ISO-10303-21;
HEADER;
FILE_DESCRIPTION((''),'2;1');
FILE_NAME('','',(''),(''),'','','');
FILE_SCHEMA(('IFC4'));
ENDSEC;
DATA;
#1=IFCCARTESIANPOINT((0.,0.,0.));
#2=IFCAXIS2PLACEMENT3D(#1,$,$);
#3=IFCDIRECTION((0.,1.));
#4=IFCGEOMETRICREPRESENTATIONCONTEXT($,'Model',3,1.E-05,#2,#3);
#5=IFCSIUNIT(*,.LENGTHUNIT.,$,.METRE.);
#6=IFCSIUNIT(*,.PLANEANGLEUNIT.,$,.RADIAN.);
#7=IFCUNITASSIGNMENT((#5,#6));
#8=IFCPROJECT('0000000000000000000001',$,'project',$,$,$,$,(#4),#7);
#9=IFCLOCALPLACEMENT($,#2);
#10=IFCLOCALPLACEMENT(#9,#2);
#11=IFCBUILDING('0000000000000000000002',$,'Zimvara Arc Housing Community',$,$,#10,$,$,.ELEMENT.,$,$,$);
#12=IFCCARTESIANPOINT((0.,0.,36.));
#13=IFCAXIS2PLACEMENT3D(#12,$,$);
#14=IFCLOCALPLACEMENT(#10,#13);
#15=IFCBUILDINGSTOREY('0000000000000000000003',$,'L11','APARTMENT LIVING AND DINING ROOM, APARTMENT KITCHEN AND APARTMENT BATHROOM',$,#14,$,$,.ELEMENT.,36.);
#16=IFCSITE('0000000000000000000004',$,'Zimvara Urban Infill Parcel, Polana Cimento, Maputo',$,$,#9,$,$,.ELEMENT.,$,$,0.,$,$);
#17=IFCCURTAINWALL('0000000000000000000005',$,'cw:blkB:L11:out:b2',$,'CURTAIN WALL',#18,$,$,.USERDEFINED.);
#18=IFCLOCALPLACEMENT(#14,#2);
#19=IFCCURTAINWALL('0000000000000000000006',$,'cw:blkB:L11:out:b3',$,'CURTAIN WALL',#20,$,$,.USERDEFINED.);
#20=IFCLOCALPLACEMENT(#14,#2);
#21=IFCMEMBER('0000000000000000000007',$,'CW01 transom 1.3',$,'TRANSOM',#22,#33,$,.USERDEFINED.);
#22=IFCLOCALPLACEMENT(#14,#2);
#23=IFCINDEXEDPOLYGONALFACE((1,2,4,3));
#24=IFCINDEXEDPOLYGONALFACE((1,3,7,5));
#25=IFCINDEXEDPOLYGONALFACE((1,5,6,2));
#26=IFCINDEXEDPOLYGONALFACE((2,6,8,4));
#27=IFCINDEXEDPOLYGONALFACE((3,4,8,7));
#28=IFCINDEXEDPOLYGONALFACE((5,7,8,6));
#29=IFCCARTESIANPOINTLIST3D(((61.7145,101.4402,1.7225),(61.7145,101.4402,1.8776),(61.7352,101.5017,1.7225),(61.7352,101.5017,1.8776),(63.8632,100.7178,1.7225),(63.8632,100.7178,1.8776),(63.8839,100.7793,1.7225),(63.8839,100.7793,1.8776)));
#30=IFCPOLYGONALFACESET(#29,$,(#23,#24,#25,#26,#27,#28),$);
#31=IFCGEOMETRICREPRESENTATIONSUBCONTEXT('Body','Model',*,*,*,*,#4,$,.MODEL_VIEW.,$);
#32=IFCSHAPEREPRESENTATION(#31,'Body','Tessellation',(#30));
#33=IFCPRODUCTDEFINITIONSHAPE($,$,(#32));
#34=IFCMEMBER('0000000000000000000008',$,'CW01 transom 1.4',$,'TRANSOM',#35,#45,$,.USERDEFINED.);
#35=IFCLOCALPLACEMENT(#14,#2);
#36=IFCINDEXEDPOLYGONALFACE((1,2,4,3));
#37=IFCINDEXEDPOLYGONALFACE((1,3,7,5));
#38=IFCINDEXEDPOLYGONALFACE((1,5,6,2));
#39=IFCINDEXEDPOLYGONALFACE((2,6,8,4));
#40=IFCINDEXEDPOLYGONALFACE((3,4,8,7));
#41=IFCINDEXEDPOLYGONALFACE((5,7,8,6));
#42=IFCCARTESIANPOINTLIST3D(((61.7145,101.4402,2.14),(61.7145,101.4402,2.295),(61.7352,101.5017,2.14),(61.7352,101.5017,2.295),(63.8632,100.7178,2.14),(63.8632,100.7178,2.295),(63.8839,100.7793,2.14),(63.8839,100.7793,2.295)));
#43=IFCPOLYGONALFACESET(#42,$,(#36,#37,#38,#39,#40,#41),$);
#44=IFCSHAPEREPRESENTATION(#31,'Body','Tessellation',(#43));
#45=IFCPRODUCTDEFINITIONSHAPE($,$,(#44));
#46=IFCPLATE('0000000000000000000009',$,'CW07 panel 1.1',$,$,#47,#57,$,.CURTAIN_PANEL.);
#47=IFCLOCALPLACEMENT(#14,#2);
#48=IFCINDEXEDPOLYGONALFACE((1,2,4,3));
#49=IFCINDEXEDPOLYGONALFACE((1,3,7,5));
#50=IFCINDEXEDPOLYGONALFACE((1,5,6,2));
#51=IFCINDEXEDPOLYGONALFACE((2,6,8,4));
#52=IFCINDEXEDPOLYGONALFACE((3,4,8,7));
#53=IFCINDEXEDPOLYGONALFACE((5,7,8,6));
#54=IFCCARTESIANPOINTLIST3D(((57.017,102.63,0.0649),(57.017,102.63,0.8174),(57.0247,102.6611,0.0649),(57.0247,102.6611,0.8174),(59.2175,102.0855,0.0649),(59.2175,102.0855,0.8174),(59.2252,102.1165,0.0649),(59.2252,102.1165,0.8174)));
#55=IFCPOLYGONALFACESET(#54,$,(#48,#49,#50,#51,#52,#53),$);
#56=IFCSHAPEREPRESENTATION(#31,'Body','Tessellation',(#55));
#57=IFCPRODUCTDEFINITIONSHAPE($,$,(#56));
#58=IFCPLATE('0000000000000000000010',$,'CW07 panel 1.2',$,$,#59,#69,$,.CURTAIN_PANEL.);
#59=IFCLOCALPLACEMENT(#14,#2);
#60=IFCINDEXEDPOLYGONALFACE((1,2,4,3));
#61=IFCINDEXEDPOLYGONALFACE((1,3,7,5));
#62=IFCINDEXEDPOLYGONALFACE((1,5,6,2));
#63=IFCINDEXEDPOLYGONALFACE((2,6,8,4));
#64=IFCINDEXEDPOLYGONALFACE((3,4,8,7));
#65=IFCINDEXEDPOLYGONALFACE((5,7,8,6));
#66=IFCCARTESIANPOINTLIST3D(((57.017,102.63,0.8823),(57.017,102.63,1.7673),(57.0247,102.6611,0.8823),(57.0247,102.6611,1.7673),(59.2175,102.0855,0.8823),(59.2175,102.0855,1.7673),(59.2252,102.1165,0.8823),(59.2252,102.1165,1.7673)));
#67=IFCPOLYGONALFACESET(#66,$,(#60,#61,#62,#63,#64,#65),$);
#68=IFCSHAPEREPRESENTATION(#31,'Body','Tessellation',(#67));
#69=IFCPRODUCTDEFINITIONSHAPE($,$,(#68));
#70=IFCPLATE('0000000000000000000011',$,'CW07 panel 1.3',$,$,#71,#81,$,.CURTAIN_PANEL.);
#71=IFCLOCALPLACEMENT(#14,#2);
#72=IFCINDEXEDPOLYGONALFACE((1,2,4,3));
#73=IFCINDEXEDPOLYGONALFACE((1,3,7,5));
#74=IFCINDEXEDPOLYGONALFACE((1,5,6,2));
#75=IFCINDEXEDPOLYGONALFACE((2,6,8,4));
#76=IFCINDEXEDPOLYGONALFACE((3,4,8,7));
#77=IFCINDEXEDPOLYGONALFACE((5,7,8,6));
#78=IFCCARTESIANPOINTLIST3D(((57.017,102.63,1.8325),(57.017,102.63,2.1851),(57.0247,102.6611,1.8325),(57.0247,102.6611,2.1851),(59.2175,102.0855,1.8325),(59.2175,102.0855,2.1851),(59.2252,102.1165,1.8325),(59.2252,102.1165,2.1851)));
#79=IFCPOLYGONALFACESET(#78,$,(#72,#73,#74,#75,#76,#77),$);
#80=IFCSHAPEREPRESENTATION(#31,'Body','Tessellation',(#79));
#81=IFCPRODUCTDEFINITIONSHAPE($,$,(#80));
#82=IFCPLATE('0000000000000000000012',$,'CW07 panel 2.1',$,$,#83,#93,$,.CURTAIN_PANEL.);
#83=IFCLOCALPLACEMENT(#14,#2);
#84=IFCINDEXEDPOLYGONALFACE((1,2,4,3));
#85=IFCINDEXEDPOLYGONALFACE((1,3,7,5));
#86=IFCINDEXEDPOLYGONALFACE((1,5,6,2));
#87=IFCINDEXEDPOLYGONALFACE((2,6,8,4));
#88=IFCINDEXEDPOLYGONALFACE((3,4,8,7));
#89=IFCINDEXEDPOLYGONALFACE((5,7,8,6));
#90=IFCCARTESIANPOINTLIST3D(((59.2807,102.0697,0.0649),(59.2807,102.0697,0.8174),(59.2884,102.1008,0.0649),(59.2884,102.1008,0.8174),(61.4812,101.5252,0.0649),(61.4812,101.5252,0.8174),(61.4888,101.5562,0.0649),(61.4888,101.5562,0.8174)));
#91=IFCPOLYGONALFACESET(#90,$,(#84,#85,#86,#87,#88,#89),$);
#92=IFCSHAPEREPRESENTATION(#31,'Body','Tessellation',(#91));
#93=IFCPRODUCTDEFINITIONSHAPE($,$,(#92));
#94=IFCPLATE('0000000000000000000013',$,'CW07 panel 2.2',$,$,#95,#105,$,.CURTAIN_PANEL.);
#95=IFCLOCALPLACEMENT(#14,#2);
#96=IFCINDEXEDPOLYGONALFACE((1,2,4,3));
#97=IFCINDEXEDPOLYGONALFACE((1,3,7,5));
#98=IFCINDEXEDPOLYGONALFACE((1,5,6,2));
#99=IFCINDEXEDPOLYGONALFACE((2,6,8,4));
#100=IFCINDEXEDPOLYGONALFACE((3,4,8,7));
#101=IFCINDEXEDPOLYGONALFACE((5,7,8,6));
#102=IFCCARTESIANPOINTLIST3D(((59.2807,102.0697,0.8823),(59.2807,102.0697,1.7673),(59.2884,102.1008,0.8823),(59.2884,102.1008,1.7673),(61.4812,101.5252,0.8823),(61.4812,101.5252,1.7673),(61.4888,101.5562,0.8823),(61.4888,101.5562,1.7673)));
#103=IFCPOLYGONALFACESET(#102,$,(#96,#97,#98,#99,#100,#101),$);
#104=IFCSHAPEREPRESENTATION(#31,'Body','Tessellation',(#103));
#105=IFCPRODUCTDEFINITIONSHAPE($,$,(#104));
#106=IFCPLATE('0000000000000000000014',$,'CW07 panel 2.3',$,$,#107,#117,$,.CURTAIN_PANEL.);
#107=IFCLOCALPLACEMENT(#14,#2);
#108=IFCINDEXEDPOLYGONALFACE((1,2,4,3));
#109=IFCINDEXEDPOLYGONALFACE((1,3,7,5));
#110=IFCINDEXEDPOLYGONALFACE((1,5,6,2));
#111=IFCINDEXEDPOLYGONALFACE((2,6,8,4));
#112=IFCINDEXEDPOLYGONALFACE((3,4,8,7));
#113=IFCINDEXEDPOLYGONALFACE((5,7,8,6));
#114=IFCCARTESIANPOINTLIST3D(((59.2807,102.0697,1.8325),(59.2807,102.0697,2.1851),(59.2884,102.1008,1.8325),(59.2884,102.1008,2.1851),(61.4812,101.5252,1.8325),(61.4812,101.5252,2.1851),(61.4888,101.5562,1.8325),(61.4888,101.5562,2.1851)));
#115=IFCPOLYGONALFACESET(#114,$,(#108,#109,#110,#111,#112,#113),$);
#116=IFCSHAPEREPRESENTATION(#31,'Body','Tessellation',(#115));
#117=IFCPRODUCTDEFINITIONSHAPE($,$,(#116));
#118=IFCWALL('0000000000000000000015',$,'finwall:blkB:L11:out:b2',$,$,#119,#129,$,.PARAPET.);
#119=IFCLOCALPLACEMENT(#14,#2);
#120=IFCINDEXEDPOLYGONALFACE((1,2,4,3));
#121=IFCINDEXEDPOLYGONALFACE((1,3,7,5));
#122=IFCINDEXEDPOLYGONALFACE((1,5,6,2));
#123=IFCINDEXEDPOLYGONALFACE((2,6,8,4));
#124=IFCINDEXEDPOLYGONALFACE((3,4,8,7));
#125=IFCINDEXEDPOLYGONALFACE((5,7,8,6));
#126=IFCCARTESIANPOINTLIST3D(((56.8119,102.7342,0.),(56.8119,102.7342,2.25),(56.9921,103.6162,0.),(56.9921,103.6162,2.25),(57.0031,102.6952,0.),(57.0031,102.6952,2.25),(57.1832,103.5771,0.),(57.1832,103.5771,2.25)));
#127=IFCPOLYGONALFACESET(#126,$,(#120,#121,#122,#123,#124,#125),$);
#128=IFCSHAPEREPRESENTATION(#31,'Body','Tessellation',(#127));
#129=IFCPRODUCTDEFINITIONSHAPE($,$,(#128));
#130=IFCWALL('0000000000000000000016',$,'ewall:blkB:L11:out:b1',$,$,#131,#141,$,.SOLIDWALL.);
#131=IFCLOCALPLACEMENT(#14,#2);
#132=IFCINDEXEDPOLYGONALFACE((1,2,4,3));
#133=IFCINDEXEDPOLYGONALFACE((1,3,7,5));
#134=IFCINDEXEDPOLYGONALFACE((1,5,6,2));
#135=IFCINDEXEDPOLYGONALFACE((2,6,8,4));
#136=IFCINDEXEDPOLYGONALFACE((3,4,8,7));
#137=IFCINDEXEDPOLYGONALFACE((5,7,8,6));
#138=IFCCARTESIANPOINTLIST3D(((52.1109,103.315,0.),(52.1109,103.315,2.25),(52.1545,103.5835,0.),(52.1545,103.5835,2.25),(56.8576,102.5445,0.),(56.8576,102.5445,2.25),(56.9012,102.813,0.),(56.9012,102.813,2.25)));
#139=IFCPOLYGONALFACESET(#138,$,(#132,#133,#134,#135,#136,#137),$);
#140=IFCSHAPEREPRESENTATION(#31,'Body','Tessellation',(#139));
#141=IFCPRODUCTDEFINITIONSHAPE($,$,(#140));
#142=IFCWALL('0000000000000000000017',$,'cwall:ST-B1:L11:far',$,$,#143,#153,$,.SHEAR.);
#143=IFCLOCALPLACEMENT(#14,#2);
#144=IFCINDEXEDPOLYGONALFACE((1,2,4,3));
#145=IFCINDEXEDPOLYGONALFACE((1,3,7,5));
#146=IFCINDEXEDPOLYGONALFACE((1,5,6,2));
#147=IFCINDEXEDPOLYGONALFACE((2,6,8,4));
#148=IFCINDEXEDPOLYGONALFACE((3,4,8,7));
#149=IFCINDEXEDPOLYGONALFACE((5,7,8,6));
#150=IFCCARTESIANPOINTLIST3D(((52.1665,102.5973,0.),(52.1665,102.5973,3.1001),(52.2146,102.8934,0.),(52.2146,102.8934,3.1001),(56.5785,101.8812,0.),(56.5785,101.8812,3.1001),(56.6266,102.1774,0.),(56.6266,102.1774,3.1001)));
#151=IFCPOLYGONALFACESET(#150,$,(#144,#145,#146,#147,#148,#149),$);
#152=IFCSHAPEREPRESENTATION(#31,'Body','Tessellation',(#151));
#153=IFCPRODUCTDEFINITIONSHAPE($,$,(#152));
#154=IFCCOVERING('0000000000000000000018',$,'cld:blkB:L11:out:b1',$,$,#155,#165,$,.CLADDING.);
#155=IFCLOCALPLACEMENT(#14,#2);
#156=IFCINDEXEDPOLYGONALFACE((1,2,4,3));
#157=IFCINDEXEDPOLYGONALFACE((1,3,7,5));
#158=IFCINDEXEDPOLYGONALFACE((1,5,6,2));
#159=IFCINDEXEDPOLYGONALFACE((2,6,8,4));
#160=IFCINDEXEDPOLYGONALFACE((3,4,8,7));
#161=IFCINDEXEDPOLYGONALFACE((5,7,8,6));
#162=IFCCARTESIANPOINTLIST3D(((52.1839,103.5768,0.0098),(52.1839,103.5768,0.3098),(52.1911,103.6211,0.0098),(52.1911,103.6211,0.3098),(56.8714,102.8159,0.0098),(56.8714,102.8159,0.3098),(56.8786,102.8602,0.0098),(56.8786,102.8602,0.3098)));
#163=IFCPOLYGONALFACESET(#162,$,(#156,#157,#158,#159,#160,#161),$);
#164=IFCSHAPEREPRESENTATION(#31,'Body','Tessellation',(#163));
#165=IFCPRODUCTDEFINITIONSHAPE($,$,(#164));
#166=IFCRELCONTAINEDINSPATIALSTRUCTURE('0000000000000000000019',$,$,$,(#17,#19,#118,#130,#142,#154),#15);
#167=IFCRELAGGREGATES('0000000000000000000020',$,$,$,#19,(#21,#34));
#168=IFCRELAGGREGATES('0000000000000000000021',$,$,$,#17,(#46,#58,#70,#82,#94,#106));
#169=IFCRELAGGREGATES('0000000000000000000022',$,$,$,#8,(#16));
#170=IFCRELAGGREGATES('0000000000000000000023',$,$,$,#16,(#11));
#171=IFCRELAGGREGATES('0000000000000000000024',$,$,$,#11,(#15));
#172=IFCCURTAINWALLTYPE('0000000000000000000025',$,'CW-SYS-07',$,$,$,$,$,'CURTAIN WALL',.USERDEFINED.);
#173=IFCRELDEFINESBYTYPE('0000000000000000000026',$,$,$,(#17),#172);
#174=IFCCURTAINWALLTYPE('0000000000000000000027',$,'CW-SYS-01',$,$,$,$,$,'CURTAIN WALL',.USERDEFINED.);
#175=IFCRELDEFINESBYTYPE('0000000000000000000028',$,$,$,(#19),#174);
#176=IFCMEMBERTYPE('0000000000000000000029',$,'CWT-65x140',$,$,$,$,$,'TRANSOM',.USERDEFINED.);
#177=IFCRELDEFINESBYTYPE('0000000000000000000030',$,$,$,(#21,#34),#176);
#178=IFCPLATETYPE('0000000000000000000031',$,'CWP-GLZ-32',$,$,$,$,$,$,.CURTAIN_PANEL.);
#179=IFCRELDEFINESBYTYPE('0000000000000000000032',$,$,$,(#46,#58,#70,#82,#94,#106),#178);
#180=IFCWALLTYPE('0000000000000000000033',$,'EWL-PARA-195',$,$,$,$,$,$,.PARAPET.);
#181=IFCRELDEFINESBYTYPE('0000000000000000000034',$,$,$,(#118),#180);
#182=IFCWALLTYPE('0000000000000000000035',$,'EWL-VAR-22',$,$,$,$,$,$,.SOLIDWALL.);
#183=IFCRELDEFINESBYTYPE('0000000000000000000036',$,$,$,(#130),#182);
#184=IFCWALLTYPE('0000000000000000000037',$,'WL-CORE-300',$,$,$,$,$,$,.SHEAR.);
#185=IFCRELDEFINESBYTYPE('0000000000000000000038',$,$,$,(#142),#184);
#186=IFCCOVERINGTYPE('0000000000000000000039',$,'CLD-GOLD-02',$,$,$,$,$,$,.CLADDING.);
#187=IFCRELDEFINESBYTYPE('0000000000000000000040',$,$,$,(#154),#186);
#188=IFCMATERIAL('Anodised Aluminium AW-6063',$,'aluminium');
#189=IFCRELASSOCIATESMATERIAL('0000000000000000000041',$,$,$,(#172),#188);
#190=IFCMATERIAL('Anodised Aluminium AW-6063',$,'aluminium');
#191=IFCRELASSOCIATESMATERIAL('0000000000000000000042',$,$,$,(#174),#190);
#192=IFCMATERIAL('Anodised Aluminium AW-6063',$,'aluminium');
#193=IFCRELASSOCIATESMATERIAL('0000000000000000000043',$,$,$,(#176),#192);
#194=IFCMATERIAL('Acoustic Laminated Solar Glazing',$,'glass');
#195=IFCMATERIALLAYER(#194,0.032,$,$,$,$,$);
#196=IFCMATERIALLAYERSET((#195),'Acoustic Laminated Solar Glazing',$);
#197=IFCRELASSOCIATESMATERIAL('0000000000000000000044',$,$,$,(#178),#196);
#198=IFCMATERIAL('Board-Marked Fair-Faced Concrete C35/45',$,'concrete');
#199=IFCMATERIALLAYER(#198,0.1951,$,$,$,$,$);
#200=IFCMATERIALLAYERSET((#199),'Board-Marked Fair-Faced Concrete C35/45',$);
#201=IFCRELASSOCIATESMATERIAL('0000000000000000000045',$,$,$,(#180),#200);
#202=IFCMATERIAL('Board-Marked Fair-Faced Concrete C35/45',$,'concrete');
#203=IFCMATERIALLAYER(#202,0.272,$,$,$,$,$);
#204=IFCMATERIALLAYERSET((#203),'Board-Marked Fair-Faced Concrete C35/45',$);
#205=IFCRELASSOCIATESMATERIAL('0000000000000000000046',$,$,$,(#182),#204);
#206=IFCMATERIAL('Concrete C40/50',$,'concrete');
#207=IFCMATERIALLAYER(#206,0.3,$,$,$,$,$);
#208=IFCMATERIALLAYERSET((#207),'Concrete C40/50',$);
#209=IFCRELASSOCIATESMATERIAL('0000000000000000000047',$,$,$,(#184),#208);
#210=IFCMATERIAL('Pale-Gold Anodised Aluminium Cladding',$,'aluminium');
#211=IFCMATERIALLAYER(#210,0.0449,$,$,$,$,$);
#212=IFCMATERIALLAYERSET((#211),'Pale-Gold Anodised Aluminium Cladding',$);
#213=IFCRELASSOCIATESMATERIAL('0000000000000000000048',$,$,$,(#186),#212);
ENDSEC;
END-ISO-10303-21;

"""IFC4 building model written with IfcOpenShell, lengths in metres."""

from ifc_helpers import new_model, si_unit, direction, frame, frame_2d, origin, origin_2d, place, context, subcontext, project, spatial, rectangle, extrude, material, layer, layer_set, material_profile, profile_set, type_object, element, aggregate, save


model = new_model("IFC4")

# Units and contexts
model_context = context("Model", 3, precision=1e-05, world=origin(), true_north=direction((0.0, 1.0)))
body_context = subcontext(model_context, "Body", "Model", "MODEL_VIEW")
ifc_project = project(units=[si_unit("LENGTHUNIT", "METRE"), si_unit("PLANEANGLEUNIT", "RADIAN")], contexts=[model_context])

# Site, building, storey
site_placement = place(None, origin())
site = spatial("IfcSite", under=ifc_project, at=site_placement, Name="Zimvara Urban Infill Parcel, Polana Cimento, Maputo", CompositionType="ELEMENT", RefElevation=0.0)
building_placement = place(site_placement, origin())
building = spatial("IfcBuilding", under=site, at=building_placement, Name="Zimvara Arc Housing Community", CompositionType="ELEMENT")
storey_placement = place(building_placement, frame((0.0, 0.0, 36.0)))
storey = spatial("IfcBuildingStorey", under=building, at=storey_placement, Name="L11", Description="APARTMENT LIVING AND DINING ROOM, APARTMENT KITCHEN AND APARTMENT BATHROOM", CompositionType="ELEMENT", Elevation=36.0)

# Curtain wall
ifc_material_1 = material(Name="Anodised Aluminium AW-6063", Category="aluminium")
curtain_wall_type_1 = type_object("IfcCurtainWallType", Name="CW-SYS-07", ElementType="CURTAIN WALL", PredefinedType="USERDEFINED", material=ifc_material_1)
curtain_wall_1_placement = place(storey_placement, origin())
curtain_wall_1 = element("IfcCurtainWall", 1, at=curtain_wall_1_placement, inside=storey, type_object=curtain_wall_type_1, Name="cw:blkB:L11:out:b2", ObjectType="CURTAIN WALL", PredefinedType="USERDEFINED")

# Curtain wall
ifc_material_2 = material(Name="Anodised Aluminium AW-6063", Category="aluminium")
curtain_wall_type_2 = type_object("IfcCurtainWallType", Name="CW-SYS-01", ElementType="CURTAIN WALL", PredefinedType="USERDEFINED", material=ifc_material_2)
curtain_wall_2_placement = place(storey_placement, origin())
curtain_wall_2 = element("IfcCurtainWall", 2, at=curtain_wall_2_placement, inside=storey, type_object=curtain_wall_type_2, Name="cw:blkB:L11:out:b3", ObjectType="CURTAIN WALL", PredefinedType="USERDEFINED")

# Members
ifc_material_3 = material(Name="Anodised Aluminium AW-6063", Category="aluminium")
ifc_material_profile_1 = material_profile(ifc_material_3, rectangle(XDim=0.0649, YDim=0.155, at=origin_2d()), Name="ALU 65x155")
ifc_profile_set_1 = profile_set([ifc_material_profile_1], Name="Anodised Aluminium AW-6063")
member_type_1 = type_object("IfcMemberType", Name="CWT-65x140", ElementType="TRANSOM", PredefinedType="USERDEFINED", material=ifc_profile_set_1)
member_1_placement = place(storey_placement, frame((61.7249, 101.4709, 1.8), z_axis=(0.947862, -0.318682, 0.0), x_axis=(0.318682, 0.947862, 0.0)))
member_1 = element("IfcMember", 3, at=member_1_placement, type_object=member_type_1, Name="CW01 transom 1.3", ObjectType="TRANSOM", PredefinedType="USERDEFINED", context=body_context, shape_type="SweptSolid", body=[
    extrude(rectangle(XDim=0.0649, YDim=0.155, at=origin_2d()), origin(), (0.0, 0.0, 1.0), 2.2668),
])
member_2_placement = place(storey_placement, frame((61.7249, 101.4709, 2.2175), z_axis=(0.947862, -0.318682, 0.0), x_axis=(0.318682, 0.947862, 0.0)))
member_2 = element("IfcMember", 4, at=member_2_placement, type_object=member_type_1, Name="CW01 transom 1.4", ObjectType="TRANSOM", PredefinedType="USERDEFINED", context=body_context, shape_type="SweptSolid", body=[
    extrude(rectangle(XDim=0.0649, YDim=0.155, at=origin_2d()), origin(), (0.0, 0.0, 1.0), 2.2668),
])
aggregate(curtain_wall_2, [member_1, member_2])

# Plates
ifc_material_4 = material(Name="Acoustic Laminated Solar Glazing", Category="glass")
ifc_layer_1 = layer(ifc_material_4, 0.032)
ifc_layer_set_1 = layer_set([ifc_layer_1], Name="Acoustic Laminated Solar Glazing")
plate_type = type_object("IfcPlateType", Name="CWP-GLZ-32", PredefinedType="CURTAIN_PANEL", material=ifc_layer_set_1)
plate_1_placement = place(storey_placement, frame((58.1211, 102.3733, 0.0649), z_axis=(0.0, 0.0, 1.0), x_axis=(0.970716, -0.24023, 0.0)))
plate_1 = element("IfcPlate", 5, at=plate_1_placement, type_object=plate_type, Name="CW07 panel 1.1", PredefinedType="CURTAIN_PANEL", context=body_context, shape_type="SweptSolid", body=[
    extrude(rectangle(XDim=2.2668, YDim=0.032, at=origin_2d()), origin(), (0.0, 0.0, 1.0), 0.7524),
])
plate_2_placement = place(storey_placement, frame((58.1211, 102.3733, 0.8823), z_axis=(0.0, 0.0, 1.0), x_axis=(0.970716, -0.24023, 0.0)))
plate_2 = element("IfcPlate", 6, at=plate_2_placement, type_object=plate_type, Name="CW07 panel 1.2", PredefinedType="CURTAIN_PANEL", context=body_context, shape_type="SweptSolid", body=[
    extrude(rectangle(XDim=2.2668, YDim=0.032, at=origin_2d()), origin(), (0.0, 0.0, 1.0), 0.885),
])
plate_3_placement = place(storey_placement, frame((58.1211, 102.3733, 1.8325), z_axis=(0.0, 0.0, 1.0), x_axis=(0.970716, -0.24023, 0.0)))
plate_3 = element("IfcPlate", 7, at=plate_3_placement, type_object=plate_type, Name="CW07 panel 1.3", PredefinedType="CURTAIN_PANEL", context=body_context, shape_type="SweptSolid", body=[
    extrude(rectangle(XDim=2.2668, YDim=0.032, at=origin_2d()), origin(), (0.0, 0.0, 1.0), 0.3525),
])
plate_4_placement = place(storey_placement, frame((60.3848, 101.813, 0.0649), z_axis=(0.0, 0.0, 1.0), x_axis=(0.970716, -0.24023, 0.0)))
plate_4 = element("IfcPlate", 8, at=plate_4_placement, type_object=plate_type, Name="CW07 panel 2.1", PredefinedType="CURTAIN_PANEL", context=body_context, shape_type="SweptSolid", body=[
    extrude(rectangle(XDim=2.2668, YDim=0.032, at=origin_2d()), origin(), (0.0, 0.0, 1.0), 0.7524),
])
plate_5_placement = place(storey_placement, frame((60.3848, 101.813, 0.8823), z_axis=(0.0, 0.0, 1.0), x_axis=(0.970716, -0.24023, 0.0)))
plate_5 = element("IfcPlate", 9, at=plate_5_placement, type_object=plate_type, Name="CW07 panel 2.2", PredefinedType="CURTAIN_PANEL", context=body_context, shape_type="SweptSolid", body=[
    extrude(rectangle(XDim=2.2668, YDim=0.032, at=origin_2d()), origin(), (0.0, 0.0, 1.0), 0.885),
])
plate_6_placement = place(storey_placement, frame((60.3848, 101.813, 1.8325), z_axis=(0.0, 0.0, 1.0), x_axis=(0.970716, -0.24023, 0.0)))
plate_6 = element("IfcPlate", 10, at=plate_6_placement, type_object=plate_type, Name="CW07 panel 2.3", PredefinedType="CURTAIN_PANEL", context=body_context, shape_type="SweptSolid", body=[
    extrude(rectangle(XDim=2.2668, YDim=0.032, at=origin_2d()), origin(), (0.0, 0.0, 1.0), 0.3525),
])
aggregate(curtain_wall_1, [plate_1, plate_2, plate_3, plate_4, plate_5, plate_6])

# Walls
ifc_material_5 = material(Name="Board-Marked Fair-Faced Concrete C35/45", Category="concrete")
ifc_layer_2 = layer(ifc_material_5, 0.1951)
ifc_layer_set_2 = layer_set([ifc_layer_2], Name="Board-Marked Fair-Faced Concrete C35/45")
wall_type_1 = type_object("IfcWallType", Name="EWL-PARA-195", PredefinedType="PARAPET", material=ifc_layer_set_2)
wall_1_placement = place(storey_placement, frame((56.9075, 102.7146, 0.0), z_axis=(0.0, 0.0, 1.0), x_axis=(0.200183, 0.979758, 0.0)))
element("IfcWall", 11, at=wall_1_placement, inside=storey, type_object=wall_type_1, Name="finwall:blkB:L11:out:b2", PredefinedType="PARAPET", context=body_context, shape_type="SweptSolid", body=[
    extrude(rectangle(XDim=0.9001, YDim=0.1951, at=frame_2d((0.4502, 0.0))), origin(), (0.0, 0.0, 1.0), 2.25),
])
ifc_material_6 = material(Name="Board-Marked Fair-Faced Concrete C35/45", Category="concrete")
ifc_layer_3 = layer(ifc_material_6, 0.272)
ifc_layer_set_3 = layer_set([ifc_layer_3], Name="Board-Marked Fair-Faced Concrete C35/45")
wall_type_2 = type_object("IfcWallType", Name="EWL-VAR-22", PredefinedType="SOLIDWALL", material=ifc_layer_set_3)
wall_2_placement = place(storey_placement, frame((52.1328, 103.4492, 0.0), z_axis=(0.0, 0.0, 1.0), x_axis=(0.987081, -0.160224, 0.0)))
element("IfcWall", 12, at=wall_2_placement, inside=storey, type_object=wall_type_2, Name="ewall:blkB:L11:out:b1", PredefinedType="SOLIDWALL", context=body_context, shape_type="SweptSolid", body=[
    extrude(rectangle(XDim=4.8088, YDim=0.272, at=frame_2d((2.4043, 0.0))), origin(), (0.0, 0.0, 1.0), 2.25),
])
ifc_material_7 = material(Name="Concrete C40/50", Category="concrete")
ifc_layer_4 = layer(ifc_material_7, 0.3)
ifc_layer_set_4 = layer_set([ifc_layer_4], Name="Concrete C40/50")
wall_type_3 = type_object("IfcWallType", Name="WL-CORE-300", PredefinedType="SHEAR", material=ifc_layer_set_4)
wall_3_placement = place(storey_placement, frame((56.6025, 102.0293, 0.0), z_axis=(0.0, 0.0, 1.0), x_axis=(-0.987085, 0.160199, 0.0)))
element("IfcWall", 13, at=wall_3_placement, inside=storey, type_object=wall_type_3, Name="cwall:ST-B1:L11:far", PredefinedType="SHEAR", context=body_context, shape_type="SweptSolid", body=[
    extrude(rectangle(XDim=4.4697, YDim=0.3, at=frame_2d((2.2349, 0.0))), origin(), (0.0, 0.0, 1.0), 3.1001),
])

# Covering
ifc_material_8 = material(Name="Pale-Gold Anodised Aluminium Cladding", Category="aluminium")
ifc_layer_5 = layer(ifc_material_8, 0.0449)
ifc_layer_set_5 = layer_set([ifc_layer_5], Name="Pale-Gold Anodised Aluminium Cladding")
covering_type = type_object("IfcCoveringType", Name="CLD-GOLD-02", PredefinedType="CLADDING", material=ifc_layer_set_5)
covering_placement = place(storey_placement, frame((54.5312, 103.2185, 0.0098), z_axis=(0.0, 0.0, 1.0), x_axis=(0.98708, -0.160226, 0.0)))
element("IfcCovering", 14, at=covering_placement, inside=storey, type_object=covering_type, Name="cld:blkB:L11:out:b1", PredefinedType="CLADDING", context=body_context, shape_type="SweptSolid", body=[
    extrude(rectangle(XDim=4.7488, YDim=0.0449, at=origin_2d()), origin(), (0.0, 0.0, 1.0), 0.3),
])

save(model, "model.ifc")
